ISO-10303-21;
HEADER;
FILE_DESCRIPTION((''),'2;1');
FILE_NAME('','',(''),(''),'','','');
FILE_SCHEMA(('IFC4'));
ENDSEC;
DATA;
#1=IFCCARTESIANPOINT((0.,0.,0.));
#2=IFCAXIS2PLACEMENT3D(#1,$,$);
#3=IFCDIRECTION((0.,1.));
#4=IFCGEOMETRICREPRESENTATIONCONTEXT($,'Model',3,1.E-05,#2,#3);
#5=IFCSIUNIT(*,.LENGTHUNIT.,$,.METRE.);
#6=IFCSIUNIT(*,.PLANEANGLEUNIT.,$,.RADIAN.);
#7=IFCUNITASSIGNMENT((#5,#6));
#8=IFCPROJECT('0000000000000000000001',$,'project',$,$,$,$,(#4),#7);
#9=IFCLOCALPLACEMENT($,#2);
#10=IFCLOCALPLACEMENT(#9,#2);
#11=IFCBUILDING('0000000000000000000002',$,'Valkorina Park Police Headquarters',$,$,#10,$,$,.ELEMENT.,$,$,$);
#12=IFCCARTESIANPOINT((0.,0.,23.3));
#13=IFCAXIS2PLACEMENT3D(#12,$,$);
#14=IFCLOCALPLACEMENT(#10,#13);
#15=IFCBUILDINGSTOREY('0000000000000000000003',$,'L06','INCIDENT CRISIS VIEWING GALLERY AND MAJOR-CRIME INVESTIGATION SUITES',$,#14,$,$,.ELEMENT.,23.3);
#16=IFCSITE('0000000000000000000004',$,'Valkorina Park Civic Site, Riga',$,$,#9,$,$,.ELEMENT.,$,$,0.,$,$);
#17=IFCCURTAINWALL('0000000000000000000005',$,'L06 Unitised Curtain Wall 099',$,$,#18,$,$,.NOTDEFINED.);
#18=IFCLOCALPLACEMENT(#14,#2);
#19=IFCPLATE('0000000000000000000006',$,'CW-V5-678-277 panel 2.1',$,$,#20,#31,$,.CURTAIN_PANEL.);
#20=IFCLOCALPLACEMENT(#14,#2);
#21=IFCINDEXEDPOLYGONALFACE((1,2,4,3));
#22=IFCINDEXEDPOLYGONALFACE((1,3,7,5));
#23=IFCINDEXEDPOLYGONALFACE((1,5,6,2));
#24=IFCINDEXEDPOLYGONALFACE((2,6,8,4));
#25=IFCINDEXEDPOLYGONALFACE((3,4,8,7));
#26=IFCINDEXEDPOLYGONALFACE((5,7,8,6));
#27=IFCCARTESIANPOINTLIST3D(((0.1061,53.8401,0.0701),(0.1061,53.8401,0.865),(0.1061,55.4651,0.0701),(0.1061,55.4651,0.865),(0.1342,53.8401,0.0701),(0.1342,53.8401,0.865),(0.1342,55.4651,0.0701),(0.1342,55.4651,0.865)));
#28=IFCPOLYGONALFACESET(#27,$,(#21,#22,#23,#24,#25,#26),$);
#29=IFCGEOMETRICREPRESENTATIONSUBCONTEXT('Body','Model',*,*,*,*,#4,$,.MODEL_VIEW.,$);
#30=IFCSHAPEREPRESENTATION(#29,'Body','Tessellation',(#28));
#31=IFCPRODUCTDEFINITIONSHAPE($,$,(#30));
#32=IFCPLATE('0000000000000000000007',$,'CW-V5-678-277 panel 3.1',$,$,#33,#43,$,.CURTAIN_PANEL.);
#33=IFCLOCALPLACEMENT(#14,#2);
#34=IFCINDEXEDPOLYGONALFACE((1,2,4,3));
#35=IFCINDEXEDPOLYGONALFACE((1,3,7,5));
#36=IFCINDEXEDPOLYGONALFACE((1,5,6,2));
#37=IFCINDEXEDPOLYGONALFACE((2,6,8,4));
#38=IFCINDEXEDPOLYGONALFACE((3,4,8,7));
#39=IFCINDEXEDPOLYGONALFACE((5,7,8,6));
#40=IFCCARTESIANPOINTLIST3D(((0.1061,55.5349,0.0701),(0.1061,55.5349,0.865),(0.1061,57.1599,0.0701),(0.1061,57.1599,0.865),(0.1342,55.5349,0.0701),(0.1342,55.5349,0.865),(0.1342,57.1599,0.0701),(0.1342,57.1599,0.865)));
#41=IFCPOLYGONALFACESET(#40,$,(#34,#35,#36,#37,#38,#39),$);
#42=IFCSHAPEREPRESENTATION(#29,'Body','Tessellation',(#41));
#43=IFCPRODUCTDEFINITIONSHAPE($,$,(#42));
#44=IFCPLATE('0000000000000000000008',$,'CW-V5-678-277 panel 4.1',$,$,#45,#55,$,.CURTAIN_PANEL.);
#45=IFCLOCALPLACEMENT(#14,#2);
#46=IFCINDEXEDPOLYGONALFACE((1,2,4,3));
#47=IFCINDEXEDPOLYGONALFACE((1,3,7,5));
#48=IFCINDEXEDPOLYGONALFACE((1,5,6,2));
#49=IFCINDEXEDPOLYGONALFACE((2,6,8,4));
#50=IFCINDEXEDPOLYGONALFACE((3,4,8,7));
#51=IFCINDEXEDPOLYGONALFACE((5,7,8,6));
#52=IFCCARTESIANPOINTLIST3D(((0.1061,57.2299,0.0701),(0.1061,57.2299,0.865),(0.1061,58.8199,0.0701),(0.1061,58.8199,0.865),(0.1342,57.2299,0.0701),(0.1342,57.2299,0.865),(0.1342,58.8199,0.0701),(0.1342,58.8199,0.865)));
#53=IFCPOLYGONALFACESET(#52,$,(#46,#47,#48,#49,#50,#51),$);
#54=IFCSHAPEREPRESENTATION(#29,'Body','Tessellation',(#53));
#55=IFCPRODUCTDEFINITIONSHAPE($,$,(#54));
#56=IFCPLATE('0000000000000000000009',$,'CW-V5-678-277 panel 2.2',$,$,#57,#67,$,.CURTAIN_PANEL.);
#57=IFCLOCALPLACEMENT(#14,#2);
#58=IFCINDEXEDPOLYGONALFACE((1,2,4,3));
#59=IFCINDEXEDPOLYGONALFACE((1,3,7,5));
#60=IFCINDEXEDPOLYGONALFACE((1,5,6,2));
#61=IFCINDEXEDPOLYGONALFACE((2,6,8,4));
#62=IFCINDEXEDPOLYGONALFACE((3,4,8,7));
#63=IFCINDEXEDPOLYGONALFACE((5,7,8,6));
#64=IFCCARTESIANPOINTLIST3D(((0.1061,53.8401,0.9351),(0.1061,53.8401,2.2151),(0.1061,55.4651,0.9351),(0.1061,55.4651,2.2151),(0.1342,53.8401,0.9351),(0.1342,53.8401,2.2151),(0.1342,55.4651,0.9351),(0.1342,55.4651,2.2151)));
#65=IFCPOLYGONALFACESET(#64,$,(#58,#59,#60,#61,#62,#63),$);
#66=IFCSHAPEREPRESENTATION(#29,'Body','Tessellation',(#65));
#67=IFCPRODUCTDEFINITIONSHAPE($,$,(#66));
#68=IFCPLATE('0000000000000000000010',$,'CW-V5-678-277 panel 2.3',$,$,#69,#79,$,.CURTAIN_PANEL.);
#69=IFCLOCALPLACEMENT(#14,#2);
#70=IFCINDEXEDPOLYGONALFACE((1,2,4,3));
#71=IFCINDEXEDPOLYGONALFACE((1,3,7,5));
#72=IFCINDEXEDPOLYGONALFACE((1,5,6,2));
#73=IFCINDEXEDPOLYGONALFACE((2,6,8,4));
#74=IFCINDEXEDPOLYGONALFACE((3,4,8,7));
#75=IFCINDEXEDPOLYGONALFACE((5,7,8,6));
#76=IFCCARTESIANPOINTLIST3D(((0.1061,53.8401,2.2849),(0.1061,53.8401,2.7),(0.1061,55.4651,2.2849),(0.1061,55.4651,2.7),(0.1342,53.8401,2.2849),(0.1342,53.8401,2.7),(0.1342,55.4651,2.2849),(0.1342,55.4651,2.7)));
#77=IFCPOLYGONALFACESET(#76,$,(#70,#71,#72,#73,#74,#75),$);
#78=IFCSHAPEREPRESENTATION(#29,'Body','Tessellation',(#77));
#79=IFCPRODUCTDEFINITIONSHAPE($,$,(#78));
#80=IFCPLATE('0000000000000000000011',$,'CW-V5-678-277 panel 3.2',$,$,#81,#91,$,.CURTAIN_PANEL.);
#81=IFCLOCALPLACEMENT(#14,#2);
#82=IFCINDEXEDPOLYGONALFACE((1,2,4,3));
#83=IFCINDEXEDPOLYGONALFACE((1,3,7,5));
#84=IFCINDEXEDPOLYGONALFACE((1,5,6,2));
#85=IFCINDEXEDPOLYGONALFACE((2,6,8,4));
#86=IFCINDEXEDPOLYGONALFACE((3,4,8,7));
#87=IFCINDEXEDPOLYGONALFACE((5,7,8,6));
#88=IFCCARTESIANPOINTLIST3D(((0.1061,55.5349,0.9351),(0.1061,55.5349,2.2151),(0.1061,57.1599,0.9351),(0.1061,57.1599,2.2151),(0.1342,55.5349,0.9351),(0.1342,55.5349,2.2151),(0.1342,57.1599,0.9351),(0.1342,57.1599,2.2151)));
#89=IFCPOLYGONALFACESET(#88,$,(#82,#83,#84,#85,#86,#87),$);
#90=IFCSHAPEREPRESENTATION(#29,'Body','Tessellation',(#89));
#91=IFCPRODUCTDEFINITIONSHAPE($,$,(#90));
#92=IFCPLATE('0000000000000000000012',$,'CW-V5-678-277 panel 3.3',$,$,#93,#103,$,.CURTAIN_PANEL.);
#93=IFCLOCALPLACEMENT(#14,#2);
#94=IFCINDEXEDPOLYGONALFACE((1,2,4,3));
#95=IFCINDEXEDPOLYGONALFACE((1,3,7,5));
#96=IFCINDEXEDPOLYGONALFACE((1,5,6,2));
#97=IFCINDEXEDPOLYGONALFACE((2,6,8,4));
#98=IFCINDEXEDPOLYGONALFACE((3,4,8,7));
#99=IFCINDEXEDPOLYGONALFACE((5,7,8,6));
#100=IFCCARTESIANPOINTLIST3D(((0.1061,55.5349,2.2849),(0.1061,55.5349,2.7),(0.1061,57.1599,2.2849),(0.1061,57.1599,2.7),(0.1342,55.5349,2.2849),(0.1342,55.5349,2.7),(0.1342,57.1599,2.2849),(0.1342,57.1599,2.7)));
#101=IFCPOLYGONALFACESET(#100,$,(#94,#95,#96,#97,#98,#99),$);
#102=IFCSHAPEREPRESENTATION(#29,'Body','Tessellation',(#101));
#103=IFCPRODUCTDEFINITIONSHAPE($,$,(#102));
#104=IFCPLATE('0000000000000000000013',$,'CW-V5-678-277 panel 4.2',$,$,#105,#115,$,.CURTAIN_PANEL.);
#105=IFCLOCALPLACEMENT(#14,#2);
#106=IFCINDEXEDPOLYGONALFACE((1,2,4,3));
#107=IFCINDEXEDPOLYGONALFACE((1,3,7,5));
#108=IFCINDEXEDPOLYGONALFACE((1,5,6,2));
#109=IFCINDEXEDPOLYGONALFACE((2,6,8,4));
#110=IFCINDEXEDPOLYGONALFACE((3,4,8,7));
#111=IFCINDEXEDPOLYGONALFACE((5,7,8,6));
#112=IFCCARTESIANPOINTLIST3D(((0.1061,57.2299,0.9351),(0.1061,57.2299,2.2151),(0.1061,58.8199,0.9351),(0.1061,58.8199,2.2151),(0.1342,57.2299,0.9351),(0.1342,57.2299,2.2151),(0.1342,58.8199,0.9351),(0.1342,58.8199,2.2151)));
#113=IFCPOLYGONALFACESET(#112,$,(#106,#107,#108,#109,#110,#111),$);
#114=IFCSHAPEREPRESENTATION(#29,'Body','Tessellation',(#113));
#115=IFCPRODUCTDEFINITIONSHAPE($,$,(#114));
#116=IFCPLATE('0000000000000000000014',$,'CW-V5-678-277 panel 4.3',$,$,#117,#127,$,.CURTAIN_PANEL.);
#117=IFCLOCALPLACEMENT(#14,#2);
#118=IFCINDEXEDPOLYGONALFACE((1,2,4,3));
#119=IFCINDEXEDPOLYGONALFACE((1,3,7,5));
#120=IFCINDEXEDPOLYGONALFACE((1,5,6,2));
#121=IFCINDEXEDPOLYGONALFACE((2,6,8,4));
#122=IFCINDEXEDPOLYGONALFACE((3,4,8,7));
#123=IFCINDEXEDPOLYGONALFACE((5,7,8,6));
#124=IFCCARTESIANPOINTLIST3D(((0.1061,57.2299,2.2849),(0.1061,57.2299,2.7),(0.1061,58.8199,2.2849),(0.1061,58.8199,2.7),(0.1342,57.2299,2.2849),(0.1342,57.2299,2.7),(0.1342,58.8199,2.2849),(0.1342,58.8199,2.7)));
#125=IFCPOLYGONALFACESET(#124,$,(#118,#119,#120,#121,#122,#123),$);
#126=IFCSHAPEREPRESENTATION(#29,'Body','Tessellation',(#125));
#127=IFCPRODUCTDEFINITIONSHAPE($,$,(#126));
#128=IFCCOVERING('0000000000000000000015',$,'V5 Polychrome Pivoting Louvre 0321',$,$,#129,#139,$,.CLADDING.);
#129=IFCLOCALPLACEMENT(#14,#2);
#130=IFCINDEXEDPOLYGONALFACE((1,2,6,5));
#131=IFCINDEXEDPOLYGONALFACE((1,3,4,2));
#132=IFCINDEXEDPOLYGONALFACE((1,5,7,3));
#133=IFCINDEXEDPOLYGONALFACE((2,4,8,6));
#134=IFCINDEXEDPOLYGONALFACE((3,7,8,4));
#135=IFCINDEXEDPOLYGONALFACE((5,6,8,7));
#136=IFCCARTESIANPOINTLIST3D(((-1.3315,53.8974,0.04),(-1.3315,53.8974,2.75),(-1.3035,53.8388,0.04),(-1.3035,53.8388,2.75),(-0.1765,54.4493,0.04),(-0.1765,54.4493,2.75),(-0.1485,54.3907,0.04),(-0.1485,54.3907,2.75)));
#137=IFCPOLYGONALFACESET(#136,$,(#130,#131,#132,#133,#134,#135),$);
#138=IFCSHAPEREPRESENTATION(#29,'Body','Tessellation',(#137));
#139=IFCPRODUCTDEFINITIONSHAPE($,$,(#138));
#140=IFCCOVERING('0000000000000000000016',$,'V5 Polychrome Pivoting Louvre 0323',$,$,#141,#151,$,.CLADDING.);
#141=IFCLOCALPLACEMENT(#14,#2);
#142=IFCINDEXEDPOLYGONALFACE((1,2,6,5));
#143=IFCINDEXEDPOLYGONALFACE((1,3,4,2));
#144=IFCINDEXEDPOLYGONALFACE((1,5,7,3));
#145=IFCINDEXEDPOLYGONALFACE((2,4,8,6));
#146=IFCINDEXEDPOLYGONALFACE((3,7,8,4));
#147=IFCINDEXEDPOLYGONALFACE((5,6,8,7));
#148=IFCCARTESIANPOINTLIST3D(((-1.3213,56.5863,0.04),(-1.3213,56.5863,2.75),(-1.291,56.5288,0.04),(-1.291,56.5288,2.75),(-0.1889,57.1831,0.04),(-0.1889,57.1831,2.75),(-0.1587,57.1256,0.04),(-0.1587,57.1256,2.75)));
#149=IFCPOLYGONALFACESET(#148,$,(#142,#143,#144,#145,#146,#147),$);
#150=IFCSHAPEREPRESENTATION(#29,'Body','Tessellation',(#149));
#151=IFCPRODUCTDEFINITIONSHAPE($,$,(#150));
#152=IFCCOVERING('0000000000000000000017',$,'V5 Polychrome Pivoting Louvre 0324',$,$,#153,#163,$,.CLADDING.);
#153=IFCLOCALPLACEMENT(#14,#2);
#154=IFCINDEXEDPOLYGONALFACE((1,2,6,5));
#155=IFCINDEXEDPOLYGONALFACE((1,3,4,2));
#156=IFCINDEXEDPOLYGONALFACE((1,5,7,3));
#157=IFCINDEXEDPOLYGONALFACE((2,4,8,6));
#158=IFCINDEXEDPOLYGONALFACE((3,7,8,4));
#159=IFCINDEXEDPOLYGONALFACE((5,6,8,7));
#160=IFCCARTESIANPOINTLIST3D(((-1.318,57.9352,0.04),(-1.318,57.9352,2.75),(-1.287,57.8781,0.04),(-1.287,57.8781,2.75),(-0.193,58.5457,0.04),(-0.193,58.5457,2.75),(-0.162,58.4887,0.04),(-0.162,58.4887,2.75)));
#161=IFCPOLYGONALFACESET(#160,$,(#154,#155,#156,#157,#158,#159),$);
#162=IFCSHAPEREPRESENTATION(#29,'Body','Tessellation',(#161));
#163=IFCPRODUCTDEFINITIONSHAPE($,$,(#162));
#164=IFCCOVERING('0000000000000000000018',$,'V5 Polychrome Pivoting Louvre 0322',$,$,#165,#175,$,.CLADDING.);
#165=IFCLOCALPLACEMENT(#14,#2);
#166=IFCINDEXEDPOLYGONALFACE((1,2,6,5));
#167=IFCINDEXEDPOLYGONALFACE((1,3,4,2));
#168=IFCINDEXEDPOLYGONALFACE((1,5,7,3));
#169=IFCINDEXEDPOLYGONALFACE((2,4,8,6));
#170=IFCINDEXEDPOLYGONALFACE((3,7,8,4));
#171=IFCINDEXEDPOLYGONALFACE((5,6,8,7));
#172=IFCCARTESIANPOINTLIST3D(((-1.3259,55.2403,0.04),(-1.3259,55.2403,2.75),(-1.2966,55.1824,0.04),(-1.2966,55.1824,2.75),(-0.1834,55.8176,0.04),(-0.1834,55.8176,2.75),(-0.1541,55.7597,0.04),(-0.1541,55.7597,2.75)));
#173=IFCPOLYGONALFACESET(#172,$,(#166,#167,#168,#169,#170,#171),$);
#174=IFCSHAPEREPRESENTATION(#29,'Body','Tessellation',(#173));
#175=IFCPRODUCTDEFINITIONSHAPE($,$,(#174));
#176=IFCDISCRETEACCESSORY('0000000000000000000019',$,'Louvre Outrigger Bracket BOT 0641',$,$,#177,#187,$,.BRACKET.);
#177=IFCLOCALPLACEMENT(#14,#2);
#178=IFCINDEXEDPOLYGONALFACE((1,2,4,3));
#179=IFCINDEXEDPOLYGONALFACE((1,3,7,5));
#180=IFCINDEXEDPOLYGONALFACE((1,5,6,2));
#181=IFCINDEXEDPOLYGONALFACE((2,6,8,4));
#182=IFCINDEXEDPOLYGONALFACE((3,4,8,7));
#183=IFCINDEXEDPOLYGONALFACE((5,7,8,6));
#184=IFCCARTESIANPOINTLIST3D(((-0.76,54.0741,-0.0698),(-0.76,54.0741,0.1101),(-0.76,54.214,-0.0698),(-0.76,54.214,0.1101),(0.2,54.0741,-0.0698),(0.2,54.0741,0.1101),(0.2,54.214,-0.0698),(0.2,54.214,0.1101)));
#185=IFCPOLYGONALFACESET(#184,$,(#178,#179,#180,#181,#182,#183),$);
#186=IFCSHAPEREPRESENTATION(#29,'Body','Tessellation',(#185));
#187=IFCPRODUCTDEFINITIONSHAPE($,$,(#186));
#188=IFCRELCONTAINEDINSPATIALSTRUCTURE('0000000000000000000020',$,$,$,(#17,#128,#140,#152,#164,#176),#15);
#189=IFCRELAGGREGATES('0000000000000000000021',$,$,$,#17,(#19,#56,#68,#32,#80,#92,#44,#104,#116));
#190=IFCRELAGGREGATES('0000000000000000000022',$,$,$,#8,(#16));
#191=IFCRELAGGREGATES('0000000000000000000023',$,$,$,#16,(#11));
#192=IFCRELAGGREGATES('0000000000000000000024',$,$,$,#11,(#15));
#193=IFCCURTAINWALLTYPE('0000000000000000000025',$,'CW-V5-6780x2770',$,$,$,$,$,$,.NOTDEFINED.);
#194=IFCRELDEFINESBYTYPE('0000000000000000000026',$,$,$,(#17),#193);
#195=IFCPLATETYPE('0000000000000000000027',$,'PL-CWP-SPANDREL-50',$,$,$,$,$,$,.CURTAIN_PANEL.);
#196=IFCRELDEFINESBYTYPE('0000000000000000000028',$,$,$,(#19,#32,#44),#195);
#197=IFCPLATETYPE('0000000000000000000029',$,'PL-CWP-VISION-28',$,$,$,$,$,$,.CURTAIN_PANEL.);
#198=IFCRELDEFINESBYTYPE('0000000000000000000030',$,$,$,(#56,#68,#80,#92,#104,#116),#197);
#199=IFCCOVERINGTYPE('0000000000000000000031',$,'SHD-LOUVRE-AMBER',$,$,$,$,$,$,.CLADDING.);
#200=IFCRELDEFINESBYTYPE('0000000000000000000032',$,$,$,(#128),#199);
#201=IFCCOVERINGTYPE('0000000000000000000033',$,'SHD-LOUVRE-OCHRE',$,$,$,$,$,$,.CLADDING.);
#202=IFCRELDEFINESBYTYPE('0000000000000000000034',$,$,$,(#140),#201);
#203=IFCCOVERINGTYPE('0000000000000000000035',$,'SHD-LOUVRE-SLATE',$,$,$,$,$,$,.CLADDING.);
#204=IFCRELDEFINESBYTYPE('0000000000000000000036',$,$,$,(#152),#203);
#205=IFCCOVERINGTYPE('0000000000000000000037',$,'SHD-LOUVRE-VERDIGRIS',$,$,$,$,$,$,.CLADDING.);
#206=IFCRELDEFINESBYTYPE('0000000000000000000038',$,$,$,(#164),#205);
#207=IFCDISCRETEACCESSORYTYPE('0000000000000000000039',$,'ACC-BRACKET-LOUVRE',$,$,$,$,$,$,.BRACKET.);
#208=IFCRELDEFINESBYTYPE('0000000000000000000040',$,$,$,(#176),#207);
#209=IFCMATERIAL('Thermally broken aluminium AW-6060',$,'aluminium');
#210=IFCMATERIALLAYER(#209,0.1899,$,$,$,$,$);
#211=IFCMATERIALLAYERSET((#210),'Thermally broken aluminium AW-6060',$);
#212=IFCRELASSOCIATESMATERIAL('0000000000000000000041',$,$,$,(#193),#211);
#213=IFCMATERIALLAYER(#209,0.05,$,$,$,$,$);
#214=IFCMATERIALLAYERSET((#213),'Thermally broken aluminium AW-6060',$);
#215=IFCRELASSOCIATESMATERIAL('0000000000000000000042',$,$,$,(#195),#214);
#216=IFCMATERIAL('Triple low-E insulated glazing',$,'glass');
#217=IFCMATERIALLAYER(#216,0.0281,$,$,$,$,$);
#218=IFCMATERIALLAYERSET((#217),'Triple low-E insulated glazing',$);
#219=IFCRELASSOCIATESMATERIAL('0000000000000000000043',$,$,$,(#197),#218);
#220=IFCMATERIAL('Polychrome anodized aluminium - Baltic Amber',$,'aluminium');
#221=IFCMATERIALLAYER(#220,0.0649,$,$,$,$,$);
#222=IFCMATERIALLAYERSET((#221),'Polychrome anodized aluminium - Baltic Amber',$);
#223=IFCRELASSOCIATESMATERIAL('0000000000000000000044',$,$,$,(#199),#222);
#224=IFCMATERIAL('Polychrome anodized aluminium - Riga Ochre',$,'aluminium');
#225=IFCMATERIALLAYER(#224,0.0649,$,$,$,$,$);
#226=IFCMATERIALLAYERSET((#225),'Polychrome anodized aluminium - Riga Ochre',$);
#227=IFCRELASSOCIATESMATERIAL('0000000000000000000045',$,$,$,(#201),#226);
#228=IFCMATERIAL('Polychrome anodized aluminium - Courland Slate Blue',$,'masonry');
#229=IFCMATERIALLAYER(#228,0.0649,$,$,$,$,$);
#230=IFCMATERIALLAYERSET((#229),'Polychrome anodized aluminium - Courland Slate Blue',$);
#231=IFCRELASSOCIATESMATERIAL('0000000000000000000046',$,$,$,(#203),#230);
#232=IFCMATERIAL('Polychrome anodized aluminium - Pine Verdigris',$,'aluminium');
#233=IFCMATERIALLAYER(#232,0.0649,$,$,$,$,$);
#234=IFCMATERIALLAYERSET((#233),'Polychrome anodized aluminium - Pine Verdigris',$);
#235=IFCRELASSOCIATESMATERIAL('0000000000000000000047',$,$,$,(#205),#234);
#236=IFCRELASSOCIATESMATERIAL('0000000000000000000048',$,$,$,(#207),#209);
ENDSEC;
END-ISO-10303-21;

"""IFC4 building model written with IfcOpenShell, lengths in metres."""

from ifc_helpers import new_model, si_unit, direction, frame, origin, origin_2d, place, context, subcontext, project, spatial, rectangle, extrude, material, layer, layer_set, type_object, element, aggregate, save


model = new_model("IFC4")

# Units and contexts
model_context = context("Model", 3, precision=1e-05, world=origin(), true_north=direction((0.0, 1.0)))
body_context = subcontext(model_context, "Body", "Model", "MODEL_VIEW")
ifc_project = project(units=[si_unit("LENGTHUNIT", "METRE"), si_unit("PLANEANGLEUNIT", "RADIAN")], contexts=[model_context])

# Site, building, storey
site_placement = place(None, origin())
site = spatial("IfcSite", under=ifc_project, at=site_placement, Name="Valkorina Park Civic Site, Riga", CompositionType="ELEMENT", RefElevation=0.0)
building_placement = place(site_placement, origin())
building = spatial("IfcBuilding", under=site, at=building_placement, Name="Valkorina Park Police Headquarters", CompositionType="ELEMENT")
storey_placement = place(building_placement, frame((0.0, 0.0, 23.3)))
storey = spatial("IfcBuildingStorey", under=building, at=storey_placement, Name="L06", Description="INCIDENT CRISIS VIEWING GALLERY AND MAJOR-CRIME INVESTIGATION SUITES", CompositionType="ELEMENT", Elevation=23.3)

# Curtain wall
ifc_material_1 = material(Name="Thermally broken aluminium AW-6060", Category="aluminium")
ifc_layer_1 = layer(ifc_material_1, 0.1899)
ifc_layer_set_1 = layer_set([ifc_layer_1], Name="Thermally broken aluminium AW-6060")
curtain_wall_type_1 = type_object("IfcCurtainWallType", Name="CW-V5-6780x2770", PredefinedType="NOTDEFINED", material=ifc_layer_set_1)
curtain_wall_1_placement = place(storey_placement, origin())
curtain_wall_1 = element("IfcCurtainWall", 1, at=curtain_wall_1_placement, inside=storey, type_object=curtain_wall_type_1, Name="L06 Unitised Curtain Wall 099", PredefinedType="NOTDEFINED")

# Plates
ifc_layer_2 = layer(ifc_material_1, 0.05)
ifc_layer_set_2 = layer_set([ifc_layer_2], Name="Thermally broken aluminium AW-6060")
plate_type_1 = type_object("IfcPlateType", Name="PL-CWP-SPANDREL-50", PredefinedType="CURTAIN_PANEL", material=ifc_layer_set_2)
plate_1_placement = place(storey_placement, frame((0.1201, 54.6526, 0.0701), z_axis=(0.0, 0.0, 1.0), x_axis=(0.0, 1.0, 0.0)))
plate_1 = element("IfcPlate", 2, at=plate_1_placement, type_object=plate_type_1, Name="CW-V5-678-277 panel 2.1", PredefinedType="CURTAIN_PANEL", context=body_context, shape_type="SweptSolid", body=[
    extrude(rectangle(XDim=1.625, YDim=0.0281, at=origin_2d()), origin(), (0.0, 0.0, 1.0), 0.7949),
])
plate_2_placement = place(storey_placement, frame((0.1201, 56.3474, 0.0701), z_axis=(0.0, 0.0, 1.0), x_axis=(0.0, 1.0, 0.0)))
plate_2 = element("IfcPlate", 3, at=plate_2_placement, type_object=plate_type_1, Name="CW-V5-678-277 panel 3.1", PredefinedType="CURTAIN_PANEL", context=body_context, shape_type="SweptSolid", body=[
    extrude(rectangle(XDim=1.625, YDim=0.0281, at=origin_2d()), origin(), (0.0, 0.0, 1.0), 0.7949),
])
plate_3_placement = place(storey_placement, frame((0.1201, 58.0249, 0.0701), z_axis=(0.0, 0.0, 1.0), x_axis=(0.0, 1.0, 0.0)))
plate_3 = element("IfcPlate", 4, at=plate_3_placement, type_object=plate_type_1, Name="CW-V5-678-277 panel 4.1", PredefinedType="CURTAIN_PANEL", context=body_context, shape_type="SweptSolid", body=[
    extrude(rectangle(XDim=1.5901, YDim=0.0281, at=origin_2d()), origin(), (0.0, 0.0, 1.0), 0.7949),
])
ifc_material_2 = material(Name="Triple low-E insulated glazing", Category="glass")
ifc_layer_3 = layer(ifc_material_2, 0.0281)
ifc_layer_set_3 = layer_set([ifc_layer_3], Name="Triple low-E insulated glazing")
plate_type_2 = type_object("IfcPlateType", Name="PL-CWP-VISION-28", PredefinedType="CURTAIN_PANEL", material=ifc_layer_set_3)
plate_4_placement = place(storey_placement, frame((0.1201, 54.6526, 0.9351), z_axis=(0.0, 0.0, 1.0), x_axis=(0.0, 1.0, 0.0)))
plate_4 = element("IfcPlate", 5, at=plate_4_placement, type_object=plate_type_2, Name="CW-V5-678-277 panel 2.2", PredefinedType="CURTAIN_PANEL", context=body_context, shape_type="SweptSolid", body=[
    extrude(rectangle(XDim=1.625, YDim=0.0281, at=origin_2d()), origin(), (0.0, 0.0, 1.0), 1.28),
])
plate_5_placement = place(storey_placement, frame((0.1201, 54.6526, 2.2849), z_axis=(0.0, 0.0, 1.0), x_axis=(0.0, 1.0, 0.0)))
plate_5 = element("IfcPlate", 6, at=plate_5_placement, type_object=plate_type_2, Name="CW-V5-678-277 panel 2.3", PredefinedType="CURTAIN_PANEL", context=body_context, shape_type="SweptSolid", body=[
    extrude(rectangle(XDim=1.625, YDim=0.0281, at=origin_2d()), origin(), (0.0, 0.0, 1.0), 0.415),
])
plate_6_placement = place(storey_placement, frame((0.1201, 56.3474, 0.9351), z_axis=(0.0, 0.0, 1.0), x_axis=(0.0, 1.0, 0.0)))
plate_6 = element("IfcPlate", 7, at=plate_6_placement, type_object=plate_type_2, Name="CW-V5-678-277 panel 3.2", PredefinedType="CURTAIN_PANEL", context=body_context, shape_type="SweptSolid", body=[
    extrude(rectangle(XDim=1.625, YDim=0.0281, at=origin_2d()), origin(), (0.0, 0.0, 1.0), 1.28),
])
plate_7_placement = place(storey_placement, frame((0.1201, 56.3474, 2.2849), z_axis=(0.0, 0.0, 1.0), x_axis=(0.0, 1.0, 0.0)))
plate_7 = element("IfcPlate", 8, at=plate_7_placement, type_object=plate_type_2, Name="CW-V5-678-277 panel 3.3", PredefinedType="CURTAIN_PANEL", context=body_context, shape_type="SweptSolid", body=[
    extrude(rectangle(XDim=1.625, YDim=0.0281, at=origin_2d()), origin(), (0.0, 0.0, 1.0), 0.415),
])
plate_8_placement = place(storey_placement, frame((0.1201, 58.0249, 0.9351), z_axis=(0.0, 0.0, 1.0), x_axis=(0.0, 1.0, 0.0)))
plate_8 = element("IfcPlate", 9, at=plate_8_placement, type_object=plate_type_2, Name="CW-V5-678-277 panel 4.2", PredefinedType="CURTAIN_PANEL", context=body_context, shape_type="SweptSolid", body=[
    extrude(rectangle(XDim=1.5901, YDim=0.0281, at=origin_2d()), origin(), (0.0, 0.0, 1.0), 1.28),
])
plate_9_placement = place(storey_placement, frame((0.1201, 58.0249, 2.2849), z_axis=(0.0, 0.0, 1.0), x_axis=(0.0, 1.0, 0.0)))
plate_9 = element("IfcPlate", 10, at=plate_9_placement, type_object=plate_type_2, Name="CW-V5-678-277 panel 4.3", PredefinedType="CURTAIN_PANEL", context=body_context, shape_type="SweptSolid", body=[
    extrude(rectangle(XDim=1.5901, YDim=0.0281, at=origin_2d()), origin(), (0.0, 0.0, 1.0), 0.415),
])
aggregate(curtain_wall_1, [plate_1, plate_4, plate_5, plate_2, plate_6, plate_7, plate_3, plate_8, plate_9])

# Coverings
ifc_material_3 = material(Name="Polychrome anodized aluminium - Baltic Amber", Category="aluminium")
ifc_layer_4 = layer(ifc_material_3, 0.0649)
ifc_layer_set_4 = layer_set([ifc_layer_4], Name="Polychrome anodized aluminium - Baltic Amber")
covering_type_1 = type_object("IfcCoveringType", Name="SHD-LOUVRE-AMBER", PredefinedType="CLADDING", material=ifc_layer_set_4)
covering_1_placement = place(storey_placement, frame((-0.74, 54.144, 0.04), z_axis=(0.0, 0.0, 1.0), x_axis=(-0.902285, -0.431141, 0.0)))
element("IfcCovering", 11, at=covering_1_placement, inside=storey, type_object=covering_type_1, Name="V5 Polychrome Pivoting Louvre 0321", PredefinedType="CLADDING", context=body_context, shape_type="SweptSolid", body=[
    extrude(rectangle(XDim=1.28, YDim=0.0649, at=origin_2d()), origin(), (0.0, 0.0, 1.0), 2.71),
])
ifc_material_4 = material(Name="Polychrome anodized aluminium - Riga Ochre", Category="aluminium")
ifc_layer_5 = layer(ifc_material_4, 0.0649)
ifc_layer_set_5 = layer_set([ifc_layer_5], Name="Polychrome anodized aluminium - Riga Ochre")
covering_type_2 = type_object("IfcCoveringType", Name="SHD-LOUVRE-OCHRE", PredefinedType="CLADDING", material=ifc_layer_set_5)
covering_2_placement = place(storey_placement, frame((-0.74, 56.856, 0.04), z_axis=(0.0, 0.0, 1.0), x_axis=(-0.884662, -0.466232, 0.0)))
element("IfcCovering", 12, at=covering_2_placement, inside=storey, type_object=covering_type_2, Name="V5 Polychrome Pivoting Louvre 0323", PredefinedType="CLADDING", context=body_context, shape_type="SweptSolid", body=[
    extrude(rectangle(XDim=1.28, YDim=0.0649, at=origin_2d()), origin(), (0.0, 0.0, 1.0), 2.71),
])
ifc_material_5 = material(Name="Polychrome anodized aluminium - Courland Slate Blue", Category="masonry")
ifc_layer_6 = layer(ifc_material_5, 0.0649)
ifc_layer_set_6 = layer_set([ifc_layer_6], Name="Polychrome anodized aluminium - Courland Slate Blue")
covering_type_3 = type_object("IfcCoveringType", Name="SHD-LOUVRE-SLATE", PredefinedType="CLADDING", material=ifc_layer_set_6)
covering_3_placement = place(storey_placement, frame((-0.74, 58.2119, 0.04), z_axis=(0.0, 0.0, 1.0), x_axis=(-0.8789, -0.477005, 0.0)))
element("IfcCovering", 13, at=covering_3_placement, inside=storey, type_object=covering_type_3, Name="V5 Polychrome Pivoting Louvre 0324", PredefinedType="CLADDING", context=body_context, shape_type="SweptSolid", body=[
    extrude(rectangle(XDim=1.28, YDim=0.0649, at=origin_2d()), origin(), (0.0, 0.0, 1.0), 2.71),
])
ifc_material_6 = material(Name="Polychrome anodized aluminium - Pine Verdigris", Category="aluminium")
ifc_layer_7 = layer(ifc_material_6, 0.0649)
ifc_layer_set_7 = layer_set([ifc_layer_7], Name="Polychrome anodized aluminium - Pine Verdigris")
covering_type_4 = type_object("IfcCoveringType", Name="SHD-LOUVRE-VERDIGRIS", PredefinedType="CLADDING", material=ifc_layer_set_7)
covering_4_placement = place(storey_placement, frame((-0.74, 55.5, 0.04), z_axis=(0.0, 0.0, 1.0), x_axis=(-0.892507, -0.451033, 0.0)))
element("IfcCovering", 14, at=covering_4_placement, inside=storey, type_object=covering_type_4, Name="V5 Polychrome Pivoting Louvre 0322", PredefinedType="CLADDING", context=body_context, shape_type="SweptSolid", body=[
    extrude(rectangle(XDim=1.28, YDim=0.0649, at=origin_2d()), origin(), (0.0, 0.0, 1.0), 2.71),
])

# Discrete accessory
discrete_accessory_type = type_object("IfcDiscreteAccessoryType", Name="ACC-BRACKET-LOUVRE", PredefinedType="BRACKET", material=ifc_material_1)
for number, where, z_axis, x_axis, name in (
    (15, (-0.28, 54.144, -0.0698), (0.0, 0.0, 1.0), (-1.0, 0.0, 0.0), "Louvre Outrigger Bracket BOT 0641"),
):
    element("IfcDiscreteAccessory", number, at=place(storey_placement, frame(where, z_axis=z_axis, x_axis=x_axis)), inside=storey, type_object=discrete_accessory_type, Name=name, PredefinedType="BRACKET", context=body_context, shape_type="SweptSolid", body=[
        extrude(rectangle(XDim=0.96, YDim=0.1399, at=origin_2d()), origin(), (0.0, 0.0, 1.0), 0.1799),
    ])

save(model, "model.ifc")
